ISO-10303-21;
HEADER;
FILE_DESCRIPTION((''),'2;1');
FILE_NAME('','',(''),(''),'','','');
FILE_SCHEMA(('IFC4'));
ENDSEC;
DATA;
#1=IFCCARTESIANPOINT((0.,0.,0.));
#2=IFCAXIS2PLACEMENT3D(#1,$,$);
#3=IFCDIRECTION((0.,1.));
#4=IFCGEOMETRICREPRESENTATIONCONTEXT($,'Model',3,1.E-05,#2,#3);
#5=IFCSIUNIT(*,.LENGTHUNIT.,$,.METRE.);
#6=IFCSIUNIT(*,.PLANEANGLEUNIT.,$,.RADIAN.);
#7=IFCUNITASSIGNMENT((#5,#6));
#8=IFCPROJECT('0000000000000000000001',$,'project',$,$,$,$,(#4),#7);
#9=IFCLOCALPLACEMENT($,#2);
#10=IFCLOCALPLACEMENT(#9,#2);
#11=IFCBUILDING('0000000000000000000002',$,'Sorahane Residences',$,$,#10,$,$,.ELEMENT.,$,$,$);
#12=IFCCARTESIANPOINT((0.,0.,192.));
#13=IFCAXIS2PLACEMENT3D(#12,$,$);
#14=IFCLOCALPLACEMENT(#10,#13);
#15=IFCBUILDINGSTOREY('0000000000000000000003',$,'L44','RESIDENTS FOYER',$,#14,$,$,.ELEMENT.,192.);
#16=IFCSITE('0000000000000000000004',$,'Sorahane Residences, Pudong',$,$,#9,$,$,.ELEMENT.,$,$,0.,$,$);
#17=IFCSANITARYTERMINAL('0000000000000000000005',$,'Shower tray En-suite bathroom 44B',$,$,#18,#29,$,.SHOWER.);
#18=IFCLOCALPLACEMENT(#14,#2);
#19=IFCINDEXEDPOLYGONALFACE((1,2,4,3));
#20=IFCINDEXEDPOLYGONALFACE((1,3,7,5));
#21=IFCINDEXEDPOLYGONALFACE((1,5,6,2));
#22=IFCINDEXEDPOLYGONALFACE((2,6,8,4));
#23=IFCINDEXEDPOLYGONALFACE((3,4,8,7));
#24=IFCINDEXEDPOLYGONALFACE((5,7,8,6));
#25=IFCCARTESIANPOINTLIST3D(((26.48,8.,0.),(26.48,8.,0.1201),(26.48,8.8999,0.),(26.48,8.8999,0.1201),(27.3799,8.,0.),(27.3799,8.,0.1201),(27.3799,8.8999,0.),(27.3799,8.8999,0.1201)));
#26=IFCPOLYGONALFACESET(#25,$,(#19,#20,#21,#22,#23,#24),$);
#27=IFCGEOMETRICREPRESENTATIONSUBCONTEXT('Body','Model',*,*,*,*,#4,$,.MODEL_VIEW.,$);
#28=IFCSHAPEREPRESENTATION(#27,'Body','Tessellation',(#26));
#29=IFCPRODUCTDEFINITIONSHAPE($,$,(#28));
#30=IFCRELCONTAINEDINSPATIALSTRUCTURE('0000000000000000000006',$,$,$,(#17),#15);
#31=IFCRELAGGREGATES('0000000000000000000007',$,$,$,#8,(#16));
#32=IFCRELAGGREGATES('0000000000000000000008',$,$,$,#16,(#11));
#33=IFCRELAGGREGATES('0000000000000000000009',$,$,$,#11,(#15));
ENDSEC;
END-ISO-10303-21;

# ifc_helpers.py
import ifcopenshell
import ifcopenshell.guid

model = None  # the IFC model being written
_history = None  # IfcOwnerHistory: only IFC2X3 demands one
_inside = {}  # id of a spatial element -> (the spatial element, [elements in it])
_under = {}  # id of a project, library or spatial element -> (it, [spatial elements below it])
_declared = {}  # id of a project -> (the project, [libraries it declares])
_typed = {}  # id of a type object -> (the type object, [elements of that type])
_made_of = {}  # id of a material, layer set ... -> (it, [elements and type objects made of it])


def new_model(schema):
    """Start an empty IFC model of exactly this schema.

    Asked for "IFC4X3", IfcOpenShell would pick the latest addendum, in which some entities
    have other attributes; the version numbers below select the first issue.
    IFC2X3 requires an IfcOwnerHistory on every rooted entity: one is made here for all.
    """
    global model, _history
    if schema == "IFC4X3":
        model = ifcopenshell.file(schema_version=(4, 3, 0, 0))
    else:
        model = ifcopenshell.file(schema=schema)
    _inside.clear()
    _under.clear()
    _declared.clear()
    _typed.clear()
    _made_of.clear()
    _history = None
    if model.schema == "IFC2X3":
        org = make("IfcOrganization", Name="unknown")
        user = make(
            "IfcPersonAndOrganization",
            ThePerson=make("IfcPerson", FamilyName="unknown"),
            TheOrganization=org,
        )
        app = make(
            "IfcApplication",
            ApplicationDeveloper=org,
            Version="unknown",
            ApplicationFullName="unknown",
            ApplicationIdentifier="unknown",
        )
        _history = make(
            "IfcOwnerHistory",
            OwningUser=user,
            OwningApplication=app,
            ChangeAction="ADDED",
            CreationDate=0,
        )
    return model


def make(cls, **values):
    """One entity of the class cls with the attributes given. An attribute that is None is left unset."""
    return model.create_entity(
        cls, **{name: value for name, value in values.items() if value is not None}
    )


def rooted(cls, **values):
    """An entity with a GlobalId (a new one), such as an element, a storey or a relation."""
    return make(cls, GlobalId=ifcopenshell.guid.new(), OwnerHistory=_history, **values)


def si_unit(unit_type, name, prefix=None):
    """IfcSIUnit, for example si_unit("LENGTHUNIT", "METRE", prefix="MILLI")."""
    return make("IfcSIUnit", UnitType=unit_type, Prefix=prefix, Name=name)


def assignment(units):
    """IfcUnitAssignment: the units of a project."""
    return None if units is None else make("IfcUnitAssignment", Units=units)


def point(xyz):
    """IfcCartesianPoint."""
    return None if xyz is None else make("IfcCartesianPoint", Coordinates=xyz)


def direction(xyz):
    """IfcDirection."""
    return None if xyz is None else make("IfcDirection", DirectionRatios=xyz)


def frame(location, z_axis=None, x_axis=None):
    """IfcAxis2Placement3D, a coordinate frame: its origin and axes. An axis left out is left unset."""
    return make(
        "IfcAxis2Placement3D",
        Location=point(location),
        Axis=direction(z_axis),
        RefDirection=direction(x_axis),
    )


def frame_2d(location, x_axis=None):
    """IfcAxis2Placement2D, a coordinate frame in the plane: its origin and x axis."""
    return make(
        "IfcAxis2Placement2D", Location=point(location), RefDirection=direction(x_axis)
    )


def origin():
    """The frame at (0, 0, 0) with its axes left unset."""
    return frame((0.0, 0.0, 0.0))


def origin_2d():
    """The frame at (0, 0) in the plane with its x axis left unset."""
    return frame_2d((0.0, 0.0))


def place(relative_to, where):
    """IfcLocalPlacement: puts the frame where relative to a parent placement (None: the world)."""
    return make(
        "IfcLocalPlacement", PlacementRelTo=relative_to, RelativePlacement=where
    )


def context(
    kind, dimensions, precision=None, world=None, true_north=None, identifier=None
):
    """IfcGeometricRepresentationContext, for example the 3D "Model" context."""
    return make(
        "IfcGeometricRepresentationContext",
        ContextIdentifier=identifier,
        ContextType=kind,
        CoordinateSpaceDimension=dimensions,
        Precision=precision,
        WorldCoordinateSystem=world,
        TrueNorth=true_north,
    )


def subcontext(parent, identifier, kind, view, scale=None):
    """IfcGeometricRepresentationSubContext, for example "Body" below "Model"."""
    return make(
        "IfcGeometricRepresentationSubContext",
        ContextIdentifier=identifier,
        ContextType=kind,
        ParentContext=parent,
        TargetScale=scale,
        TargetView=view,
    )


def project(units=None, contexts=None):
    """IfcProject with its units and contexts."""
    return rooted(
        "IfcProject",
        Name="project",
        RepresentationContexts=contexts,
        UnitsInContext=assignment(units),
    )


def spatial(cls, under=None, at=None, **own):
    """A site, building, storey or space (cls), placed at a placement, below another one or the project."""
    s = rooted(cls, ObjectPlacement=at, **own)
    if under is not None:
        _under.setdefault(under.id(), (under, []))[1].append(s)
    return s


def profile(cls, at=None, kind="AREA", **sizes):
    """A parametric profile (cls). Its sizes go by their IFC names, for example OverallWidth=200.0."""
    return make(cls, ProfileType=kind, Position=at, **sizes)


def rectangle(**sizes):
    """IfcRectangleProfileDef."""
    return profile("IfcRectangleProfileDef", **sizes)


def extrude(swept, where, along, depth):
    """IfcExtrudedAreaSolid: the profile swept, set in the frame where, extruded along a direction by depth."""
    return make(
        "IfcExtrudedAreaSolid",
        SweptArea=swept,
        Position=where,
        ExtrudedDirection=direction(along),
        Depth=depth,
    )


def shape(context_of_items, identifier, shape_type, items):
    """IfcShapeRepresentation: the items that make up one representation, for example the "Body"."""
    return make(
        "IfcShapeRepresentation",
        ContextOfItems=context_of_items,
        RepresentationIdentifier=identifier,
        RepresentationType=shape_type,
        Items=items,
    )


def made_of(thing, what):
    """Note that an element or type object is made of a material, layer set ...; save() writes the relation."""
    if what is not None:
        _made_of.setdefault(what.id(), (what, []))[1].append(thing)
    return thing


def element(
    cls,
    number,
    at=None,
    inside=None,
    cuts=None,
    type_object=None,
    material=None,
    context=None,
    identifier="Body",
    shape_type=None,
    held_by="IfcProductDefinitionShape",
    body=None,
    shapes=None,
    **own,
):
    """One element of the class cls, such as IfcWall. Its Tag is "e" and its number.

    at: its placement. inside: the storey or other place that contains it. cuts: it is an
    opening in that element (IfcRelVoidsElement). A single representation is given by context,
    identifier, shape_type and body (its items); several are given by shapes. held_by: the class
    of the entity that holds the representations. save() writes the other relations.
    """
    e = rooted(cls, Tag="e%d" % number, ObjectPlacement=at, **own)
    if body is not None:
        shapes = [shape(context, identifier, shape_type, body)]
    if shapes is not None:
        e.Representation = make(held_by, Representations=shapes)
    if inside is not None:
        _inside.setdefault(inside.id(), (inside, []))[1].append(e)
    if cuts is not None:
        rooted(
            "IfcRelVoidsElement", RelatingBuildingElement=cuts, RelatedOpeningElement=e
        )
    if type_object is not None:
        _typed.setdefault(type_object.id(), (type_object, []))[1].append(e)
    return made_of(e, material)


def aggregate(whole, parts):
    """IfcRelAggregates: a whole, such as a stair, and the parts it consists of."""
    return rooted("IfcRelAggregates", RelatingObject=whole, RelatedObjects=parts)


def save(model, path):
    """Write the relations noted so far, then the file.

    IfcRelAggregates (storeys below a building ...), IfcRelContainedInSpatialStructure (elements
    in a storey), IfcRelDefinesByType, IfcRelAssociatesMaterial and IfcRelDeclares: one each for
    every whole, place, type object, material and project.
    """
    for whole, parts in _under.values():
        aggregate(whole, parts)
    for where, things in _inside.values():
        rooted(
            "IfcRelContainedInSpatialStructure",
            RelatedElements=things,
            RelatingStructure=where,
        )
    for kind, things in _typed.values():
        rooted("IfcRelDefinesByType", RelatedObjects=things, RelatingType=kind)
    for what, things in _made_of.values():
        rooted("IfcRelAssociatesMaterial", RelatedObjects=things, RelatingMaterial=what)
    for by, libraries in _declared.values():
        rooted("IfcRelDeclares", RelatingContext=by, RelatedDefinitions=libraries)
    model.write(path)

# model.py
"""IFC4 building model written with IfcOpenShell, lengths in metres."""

from ifc_helpers import new_model, si_unit, direction, frame, origin, origin_2d, place, context, subcontext, project, spatial, rectangle, extrude, element, save


model = new_model("IFC4")

# Units and contexts
model_context = context("Model", 3, precision=1e-05, world=origin(), true_north=direction((0.0, 1.0)))
body_context = subcontext(model_context, "Body", "Model", "MODEL_VIEW")
ifc_project = project(units=[si_unit("LENGTHUNIT", "METRE"), si_unit("PLANEANGLEUNIT", "RADIAN")], contexts=[model_context])

# Site, building, storey
site_placement = place(None, origin())
site = spatial("IfcSite", under=ifc_project, at=site_placement, Name="Sorahane Residences, Pudong", CompositionType="ELEMENT", RefElevation=0.0)
building_placement = place(site_placement, origin())
building = spatial("IfcBuilding", under=site, at=building_placement, Name="Sorahane Residences", CompositionType="ELEMENT")
storey_placement = place(building_placement, frame((0.0, 0.0, 192.0)))
storey = spatial("IfcBuildingStorey", under=building, at=storey_placement, Name="L44", Description="RESIDENTS FOYER", CompositionType="ELEMENT", Elevation=192.0)

# Sanitary terminal
sanitary_terminal_placement = place(storey_placement, frame((26.9299, 8.45, 0.0), z_axis=(0.0, 0.0, 1.0), x_axis=(1.0, 0.0, 0.0)))
element("IfcSanitaryTerminal", 1, at=sanitary_terminal_placement, inside=storey, Name="Shower tray En-suite bathroom 44B", PredefinedType="SHOWER", context=body_context, shape_type="SweptSolid", body=[
    extrude(rectangle(XDim=0.8999, YDim=0.8999, at=origin_2d()), origin(), (0.0, 0.0, 1.0), 0.1201),
])

save(model, "model.ifc")
